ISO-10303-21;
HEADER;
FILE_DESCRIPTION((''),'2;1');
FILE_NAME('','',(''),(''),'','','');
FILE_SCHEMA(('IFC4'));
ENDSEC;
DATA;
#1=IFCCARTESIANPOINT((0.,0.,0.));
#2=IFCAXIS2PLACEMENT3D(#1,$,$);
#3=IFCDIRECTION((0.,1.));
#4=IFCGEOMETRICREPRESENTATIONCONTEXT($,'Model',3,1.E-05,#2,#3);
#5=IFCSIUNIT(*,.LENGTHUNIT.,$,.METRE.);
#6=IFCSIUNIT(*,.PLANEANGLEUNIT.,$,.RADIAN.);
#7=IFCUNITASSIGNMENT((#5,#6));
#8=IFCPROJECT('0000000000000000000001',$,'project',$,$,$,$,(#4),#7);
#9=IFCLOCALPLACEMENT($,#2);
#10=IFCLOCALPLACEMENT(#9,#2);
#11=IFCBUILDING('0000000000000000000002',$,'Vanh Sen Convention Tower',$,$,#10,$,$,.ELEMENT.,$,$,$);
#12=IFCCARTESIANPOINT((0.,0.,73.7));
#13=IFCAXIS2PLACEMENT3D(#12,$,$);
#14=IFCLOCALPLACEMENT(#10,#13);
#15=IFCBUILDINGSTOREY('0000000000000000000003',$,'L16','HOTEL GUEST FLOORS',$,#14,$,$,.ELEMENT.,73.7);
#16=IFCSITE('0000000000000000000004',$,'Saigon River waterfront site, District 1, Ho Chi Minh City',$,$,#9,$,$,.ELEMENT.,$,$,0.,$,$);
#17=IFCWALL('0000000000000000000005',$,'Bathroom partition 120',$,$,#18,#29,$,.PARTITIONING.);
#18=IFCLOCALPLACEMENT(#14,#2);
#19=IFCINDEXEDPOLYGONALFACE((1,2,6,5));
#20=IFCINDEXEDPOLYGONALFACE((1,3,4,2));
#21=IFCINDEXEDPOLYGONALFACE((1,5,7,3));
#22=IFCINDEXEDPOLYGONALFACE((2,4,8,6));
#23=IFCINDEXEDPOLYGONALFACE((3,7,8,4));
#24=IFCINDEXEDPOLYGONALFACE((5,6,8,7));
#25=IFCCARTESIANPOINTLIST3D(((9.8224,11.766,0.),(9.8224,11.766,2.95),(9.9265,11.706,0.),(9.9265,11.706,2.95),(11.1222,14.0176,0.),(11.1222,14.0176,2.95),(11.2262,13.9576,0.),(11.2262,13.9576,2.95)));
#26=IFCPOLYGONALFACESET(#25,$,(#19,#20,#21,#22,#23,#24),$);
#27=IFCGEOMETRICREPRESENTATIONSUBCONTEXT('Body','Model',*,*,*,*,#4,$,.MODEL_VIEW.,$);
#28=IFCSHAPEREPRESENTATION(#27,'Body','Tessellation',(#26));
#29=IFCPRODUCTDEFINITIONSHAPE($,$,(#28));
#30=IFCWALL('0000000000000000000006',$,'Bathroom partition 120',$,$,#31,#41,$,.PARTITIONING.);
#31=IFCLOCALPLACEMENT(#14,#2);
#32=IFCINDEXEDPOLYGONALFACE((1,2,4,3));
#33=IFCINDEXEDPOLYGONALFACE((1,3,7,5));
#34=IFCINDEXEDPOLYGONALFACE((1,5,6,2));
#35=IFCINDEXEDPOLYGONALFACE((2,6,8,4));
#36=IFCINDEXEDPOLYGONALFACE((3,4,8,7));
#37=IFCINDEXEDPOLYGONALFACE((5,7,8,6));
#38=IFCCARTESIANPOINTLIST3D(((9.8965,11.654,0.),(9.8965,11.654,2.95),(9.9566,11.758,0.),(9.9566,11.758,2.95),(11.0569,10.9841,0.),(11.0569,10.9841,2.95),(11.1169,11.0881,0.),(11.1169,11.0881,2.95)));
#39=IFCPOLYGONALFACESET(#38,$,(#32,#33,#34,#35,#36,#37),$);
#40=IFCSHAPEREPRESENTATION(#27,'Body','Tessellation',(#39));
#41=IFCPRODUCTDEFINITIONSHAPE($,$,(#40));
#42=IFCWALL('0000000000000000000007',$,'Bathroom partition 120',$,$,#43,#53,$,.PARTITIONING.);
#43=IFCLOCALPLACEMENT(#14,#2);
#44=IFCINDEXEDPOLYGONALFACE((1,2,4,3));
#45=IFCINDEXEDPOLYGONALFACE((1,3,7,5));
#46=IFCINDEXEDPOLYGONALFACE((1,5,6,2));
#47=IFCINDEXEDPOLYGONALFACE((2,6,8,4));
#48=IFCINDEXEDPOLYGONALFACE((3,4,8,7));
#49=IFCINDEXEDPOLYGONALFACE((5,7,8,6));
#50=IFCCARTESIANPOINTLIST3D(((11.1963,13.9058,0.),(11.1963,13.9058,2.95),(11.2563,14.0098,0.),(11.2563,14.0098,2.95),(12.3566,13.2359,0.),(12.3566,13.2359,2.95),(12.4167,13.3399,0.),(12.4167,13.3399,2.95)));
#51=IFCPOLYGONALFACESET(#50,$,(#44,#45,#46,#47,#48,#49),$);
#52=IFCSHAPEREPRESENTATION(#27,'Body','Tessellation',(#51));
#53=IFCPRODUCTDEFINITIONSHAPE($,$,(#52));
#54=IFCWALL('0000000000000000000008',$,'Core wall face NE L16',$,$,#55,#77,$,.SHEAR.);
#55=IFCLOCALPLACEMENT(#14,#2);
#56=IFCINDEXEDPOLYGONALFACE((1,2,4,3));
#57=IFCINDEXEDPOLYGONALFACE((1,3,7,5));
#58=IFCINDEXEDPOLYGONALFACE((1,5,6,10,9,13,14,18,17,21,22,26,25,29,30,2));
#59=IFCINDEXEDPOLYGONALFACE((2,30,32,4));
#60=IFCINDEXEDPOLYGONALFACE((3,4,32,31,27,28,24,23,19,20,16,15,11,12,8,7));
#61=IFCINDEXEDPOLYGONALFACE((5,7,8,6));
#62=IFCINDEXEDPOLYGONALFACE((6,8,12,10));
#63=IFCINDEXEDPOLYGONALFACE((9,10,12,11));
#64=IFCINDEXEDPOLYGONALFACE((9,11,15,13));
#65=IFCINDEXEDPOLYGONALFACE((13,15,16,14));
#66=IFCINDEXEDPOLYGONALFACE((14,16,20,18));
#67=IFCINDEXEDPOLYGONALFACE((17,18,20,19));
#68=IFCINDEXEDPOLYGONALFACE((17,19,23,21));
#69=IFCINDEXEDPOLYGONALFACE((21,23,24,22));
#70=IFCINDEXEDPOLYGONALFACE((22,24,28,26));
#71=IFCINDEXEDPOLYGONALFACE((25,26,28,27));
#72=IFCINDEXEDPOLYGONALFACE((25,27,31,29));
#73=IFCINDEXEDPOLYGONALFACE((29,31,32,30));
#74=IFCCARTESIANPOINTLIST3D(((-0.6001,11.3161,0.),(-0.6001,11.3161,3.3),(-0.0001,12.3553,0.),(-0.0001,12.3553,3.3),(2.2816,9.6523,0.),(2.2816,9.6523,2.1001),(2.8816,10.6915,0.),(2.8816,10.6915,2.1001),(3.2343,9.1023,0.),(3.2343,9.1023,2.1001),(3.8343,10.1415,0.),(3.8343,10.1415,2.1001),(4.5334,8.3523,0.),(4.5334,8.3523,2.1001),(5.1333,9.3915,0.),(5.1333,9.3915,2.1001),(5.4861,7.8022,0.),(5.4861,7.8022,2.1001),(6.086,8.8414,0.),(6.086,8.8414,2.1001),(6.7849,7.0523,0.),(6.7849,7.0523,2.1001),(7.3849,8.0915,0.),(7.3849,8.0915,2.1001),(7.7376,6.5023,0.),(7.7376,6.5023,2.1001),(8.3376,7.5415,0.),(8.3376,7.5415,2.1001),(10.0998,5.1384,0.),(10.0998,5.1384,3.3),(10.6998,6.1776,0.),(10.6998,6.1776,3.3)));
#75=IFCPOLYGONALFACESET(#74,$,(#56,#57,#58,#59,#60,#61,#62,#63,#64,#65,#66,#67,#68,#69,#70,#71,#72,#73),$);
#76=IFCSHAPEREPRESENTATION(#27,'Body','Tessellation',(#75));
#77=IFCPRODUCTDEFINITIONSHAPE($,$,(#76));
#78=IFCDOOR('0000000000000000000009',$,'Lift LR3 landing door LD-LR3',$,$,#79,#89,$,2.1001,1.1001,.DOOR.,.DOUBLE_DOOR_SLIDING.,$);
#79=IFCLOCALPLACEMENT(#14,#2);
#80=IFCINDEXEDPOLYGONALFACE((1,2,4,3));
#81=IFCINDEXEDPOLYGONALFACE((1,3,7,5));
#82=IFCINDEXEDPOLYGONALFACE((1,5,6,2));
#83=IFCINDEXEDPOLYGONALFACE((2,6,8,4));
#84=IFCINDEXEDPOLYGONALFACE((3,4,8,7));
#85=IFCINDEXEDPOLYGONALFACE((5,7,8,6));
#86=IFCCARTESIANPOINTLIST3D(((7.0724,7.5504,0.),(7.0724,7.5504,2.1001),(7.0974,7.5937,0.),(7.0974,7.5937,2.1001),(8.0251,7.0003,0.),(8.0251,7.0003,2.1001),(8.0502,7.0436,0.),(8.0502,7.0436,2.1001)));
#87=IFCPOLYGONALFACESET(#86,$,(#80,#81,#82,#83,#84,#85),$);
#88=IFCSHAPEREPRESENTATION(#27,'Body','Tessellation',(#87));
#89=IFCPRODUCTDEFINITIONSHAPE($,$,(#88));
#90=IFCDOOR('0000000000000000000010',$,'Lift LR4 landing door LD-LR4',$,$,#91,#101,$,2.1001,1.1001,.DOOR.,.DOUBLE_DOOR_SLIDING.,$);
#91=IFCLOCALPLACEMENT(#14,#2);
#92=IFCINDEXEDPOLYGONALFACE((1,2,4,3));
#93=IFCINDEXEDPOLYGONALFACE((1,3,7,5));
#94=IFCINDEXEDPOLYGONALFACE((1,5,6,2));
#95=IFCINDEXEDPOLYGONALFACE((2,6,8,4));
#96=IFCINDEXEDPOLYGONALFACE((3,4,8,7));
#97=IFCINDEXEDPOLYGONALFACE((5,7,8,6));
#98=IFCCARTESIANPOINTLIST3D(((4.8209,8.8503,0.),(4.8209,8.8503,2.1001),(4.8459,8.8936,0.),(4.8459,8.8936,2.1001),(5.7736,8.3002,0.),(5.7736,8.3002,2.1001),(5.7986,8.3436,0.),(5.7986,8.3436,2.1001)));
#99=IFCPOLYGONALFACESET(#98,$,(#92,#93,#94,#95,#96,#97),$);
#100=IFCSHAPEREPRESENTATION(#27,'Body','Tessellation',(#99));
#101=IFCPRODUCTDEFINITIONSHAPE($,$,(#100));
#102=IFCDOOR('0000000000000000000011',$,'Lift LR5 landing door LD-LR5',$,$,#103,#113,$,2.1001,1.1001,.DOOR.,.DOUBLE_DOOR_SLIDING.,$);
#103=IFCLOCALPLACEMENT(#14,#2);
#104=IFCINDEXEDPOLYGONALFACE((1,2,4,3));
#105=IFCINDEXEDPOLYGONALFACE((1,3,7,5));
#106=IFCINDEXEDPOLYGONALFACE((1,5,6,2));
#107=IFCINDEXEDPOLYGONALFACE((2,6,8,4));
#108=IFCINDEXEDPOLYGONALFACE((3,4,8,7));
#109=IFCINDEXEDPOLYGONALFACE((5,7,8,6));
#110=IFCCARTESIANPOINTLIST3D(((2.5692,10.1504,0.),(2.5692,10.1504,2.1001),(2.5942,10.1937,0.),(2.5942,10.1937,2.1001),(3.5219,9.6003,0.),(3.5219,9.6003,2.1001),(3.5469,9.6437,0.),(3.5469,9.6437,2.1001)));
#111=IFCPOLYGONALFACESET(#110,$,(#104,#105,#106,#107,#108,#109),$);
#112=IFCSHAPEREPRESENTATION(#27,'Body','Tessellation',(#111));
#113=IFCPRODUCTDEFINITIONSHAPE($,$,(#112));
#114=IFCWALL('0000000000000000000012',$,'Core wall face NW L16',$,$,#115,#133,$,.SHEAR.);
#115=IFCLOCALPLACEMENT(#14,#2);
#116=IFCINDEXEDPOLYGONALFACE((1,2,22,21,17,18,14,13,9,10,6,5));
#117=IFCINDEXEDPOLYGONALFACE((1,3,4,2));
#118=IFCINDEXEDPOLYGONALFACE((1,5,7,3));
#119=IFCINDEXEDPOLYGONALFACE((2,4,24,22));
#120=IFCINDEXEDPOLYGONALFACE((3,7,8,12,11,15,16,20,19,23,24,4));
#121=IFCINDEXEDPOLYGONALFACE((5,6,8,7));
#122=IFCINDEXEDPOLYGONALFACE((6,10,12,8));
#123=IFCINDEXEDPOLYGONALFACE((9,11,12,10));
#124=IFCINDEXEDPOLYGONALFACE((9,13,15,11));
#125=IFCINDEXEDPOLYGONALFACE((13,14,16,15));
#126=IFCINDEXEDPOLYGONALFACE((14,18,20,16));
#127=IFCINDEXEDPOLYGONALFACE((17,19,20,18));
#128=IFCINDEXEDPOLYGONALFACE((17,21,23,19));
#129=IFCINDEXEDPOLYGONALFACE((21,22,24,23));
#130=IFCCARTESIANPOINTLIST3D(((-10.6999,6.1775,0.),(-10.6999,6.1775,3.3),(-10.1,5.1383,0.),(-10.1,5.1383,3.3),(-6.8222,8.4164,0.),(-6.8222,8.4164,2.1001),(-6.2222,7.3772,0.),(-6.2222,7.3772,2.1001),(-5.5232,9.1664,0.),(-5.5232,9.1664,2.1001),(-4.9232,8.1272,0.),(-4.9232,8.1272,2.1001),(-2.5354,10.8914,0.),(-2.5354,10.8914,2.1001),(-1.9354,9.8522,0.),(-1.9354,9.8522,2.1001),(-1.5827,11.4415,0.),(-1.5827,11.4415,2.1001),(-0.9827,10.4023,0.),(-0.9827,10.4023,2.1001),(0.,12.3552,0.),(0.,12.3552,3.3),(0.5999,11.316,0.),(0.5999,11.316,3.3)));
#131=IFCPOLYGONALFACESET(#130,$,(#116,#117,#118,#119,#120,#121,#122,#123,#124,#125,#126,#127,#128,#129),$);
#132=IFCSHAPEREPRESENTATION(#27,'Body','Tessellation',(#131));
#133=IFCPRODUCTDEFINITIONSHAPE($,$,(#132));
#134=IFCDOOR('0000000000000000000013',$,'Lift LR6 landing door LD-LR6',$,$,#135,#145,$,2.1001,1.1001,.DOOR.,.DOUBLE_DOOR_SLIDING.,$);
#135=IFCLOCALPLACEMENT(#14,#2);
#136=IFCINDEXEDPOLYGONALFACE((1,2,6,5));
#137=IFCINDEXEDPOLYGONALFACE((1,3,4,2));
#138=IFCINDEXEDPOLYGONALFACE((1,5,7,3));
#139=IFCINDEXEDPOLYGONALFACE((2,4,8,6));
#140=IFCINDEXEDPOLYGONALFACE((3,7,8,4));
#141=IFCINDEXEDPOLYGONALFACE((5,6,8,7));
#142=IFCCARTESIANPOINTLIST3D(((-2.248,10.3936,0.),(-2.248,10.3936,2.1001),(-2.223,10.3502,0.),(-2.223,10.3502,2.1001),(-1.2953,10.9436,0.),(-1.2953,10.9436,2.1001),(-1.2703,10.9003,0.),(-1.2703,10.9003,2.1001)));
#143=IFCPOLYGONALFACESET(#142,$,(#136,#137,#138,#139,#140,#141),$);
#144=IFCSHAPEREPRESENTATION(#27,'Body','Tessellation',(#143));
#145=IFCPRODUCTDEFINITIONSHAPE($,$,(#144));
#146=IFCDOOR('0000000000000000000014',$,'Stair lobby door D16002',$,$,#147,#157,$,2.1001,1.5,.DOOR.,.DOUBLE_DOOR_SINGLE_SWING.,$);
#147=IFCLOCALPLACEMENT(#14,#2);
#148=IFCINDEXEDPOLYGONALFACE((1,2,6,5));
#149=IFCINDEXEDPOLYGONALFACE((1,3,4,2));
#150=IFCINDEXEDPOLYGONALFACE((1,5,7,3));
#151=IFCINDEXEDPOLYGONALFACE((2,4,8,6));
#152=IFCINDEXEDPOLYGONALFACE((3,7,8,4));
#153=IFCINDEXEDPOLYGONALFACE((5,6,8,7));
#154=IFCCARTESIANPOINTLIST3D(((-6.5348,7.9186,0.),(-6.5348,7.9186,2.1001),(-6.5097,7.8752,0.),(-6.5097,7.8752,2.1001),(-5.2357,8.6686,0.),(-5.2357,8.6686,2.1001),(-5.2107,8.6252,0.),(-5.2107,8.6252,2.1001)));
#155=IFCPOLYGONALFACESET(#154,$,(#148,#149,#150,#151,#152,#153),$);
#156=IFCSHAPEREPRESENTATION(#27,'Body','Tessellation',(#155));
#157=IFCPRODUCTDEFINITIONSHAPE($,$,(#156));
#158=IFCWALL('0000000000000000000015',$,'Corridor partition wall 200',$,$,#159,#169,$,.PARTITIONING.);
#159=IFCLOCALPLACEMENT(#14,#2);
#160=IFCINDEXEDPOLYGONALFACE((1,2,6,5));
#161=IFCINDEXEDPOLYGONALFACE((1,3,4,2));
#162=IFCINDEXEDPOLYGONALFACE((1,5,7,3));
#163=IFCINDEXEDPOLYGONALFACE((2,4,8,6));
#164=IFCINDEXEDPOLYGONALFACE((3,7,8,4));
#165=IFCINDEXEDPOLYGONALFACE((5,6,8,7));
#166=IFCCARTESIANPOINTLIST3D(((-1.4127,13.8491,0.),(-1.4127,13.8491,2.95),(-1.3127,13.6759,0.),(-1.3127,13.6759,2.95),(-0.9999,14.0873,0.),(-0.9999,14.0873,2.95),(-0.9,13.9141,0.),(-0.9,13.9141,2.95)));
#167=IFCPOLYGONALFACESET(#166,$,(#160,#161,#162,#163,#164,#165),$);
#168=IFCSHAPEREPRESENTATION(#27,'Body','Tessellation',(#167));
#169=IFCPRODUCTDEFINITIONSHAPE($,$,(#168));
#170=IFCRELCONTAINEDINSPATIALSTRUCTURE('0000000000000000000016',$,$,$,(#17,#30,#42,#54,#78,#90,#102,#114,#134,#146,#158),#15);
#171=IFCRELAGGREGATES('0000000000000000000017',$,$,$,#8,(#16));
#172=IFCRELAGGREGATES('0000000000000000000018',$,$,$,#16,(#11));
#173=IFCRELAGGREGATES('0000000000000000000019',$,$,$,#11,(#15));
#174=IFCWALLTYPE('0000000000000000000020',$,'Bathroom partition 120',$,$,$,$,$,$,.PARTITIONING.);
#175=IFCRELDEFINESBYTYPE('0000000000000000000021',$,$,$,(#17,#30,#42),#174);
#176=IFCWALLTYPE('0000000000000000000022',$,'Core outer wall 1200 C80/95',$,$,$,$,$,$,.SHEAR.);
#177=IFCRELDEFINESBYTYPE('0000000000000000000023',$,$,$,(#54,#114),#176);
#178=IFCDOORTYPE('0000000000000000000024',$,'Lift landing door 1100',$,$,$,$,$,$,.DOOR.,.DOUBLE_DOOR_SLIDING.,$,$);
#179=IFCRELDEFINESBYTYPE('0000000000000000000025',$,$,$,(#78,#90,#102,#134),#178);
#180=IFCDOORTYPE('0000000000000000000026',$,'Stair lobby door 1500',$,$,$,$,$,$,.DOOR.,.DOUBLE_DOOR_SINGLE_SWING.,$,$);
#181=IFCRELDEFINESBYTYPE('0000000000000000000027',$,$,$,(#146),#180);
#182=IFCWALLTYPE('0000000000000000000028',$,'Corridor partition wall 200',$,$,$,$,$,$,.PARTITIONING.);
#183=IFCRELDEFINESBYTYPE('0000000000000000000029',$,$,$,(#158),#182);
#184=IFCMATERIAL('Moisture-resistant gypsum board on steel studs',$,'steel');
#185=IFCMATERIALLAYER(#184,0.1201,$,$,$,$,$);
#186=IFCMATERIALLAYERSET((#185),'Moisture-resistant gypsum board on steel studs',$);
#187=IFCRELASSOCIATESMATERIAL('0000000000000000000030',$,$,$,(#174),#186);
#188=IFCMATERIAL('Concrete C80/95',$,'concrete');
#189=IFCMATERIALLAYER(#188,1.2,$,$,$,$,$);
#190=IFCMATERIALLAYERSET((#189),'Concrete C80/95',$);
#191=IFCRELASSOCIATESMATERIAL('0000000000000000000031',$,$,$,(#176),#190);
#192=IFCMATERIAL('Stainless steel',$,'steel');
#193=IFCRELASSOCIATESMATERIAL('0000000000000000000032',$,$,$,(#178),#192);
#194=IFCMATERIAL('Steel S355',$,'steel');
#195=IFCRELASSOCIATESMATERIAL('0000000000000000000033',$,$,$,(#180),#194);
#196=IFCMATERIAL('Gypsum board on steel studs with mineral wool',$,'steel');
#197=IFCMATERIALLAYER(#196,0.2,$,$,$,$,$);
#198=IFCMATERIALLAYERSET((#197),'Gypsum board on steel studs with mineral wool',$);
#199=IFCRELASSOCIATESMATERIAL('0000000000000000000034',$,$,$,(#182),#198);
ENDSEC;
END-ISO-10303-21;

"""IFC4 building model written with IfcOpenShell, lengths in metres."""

from ifc_helpers import new_model, si_unit, direction, frame, frame_2d, origin, place, context, subcontext, project, spatial, rectangle, extrude, material, layer, layer_set, type_object, element, fill, save


model = new_model("IFC4")

# Units and contexts
model_context = context("Model", 3, precision=1e-05, world=origin(), true_north=direction((0.0, 1.0)))
body_context = subcontext(model_context, "Body", "Model", "MODEL_VIEW")
ifc_project = project(units=[si_unit("LENGTHUNIT", "METRE"), si_unit("PLANEANGLEUNIT", "RADIAN")], contexts=[model_context])

# Site, building, storey
site_placement = place(None, origin())
site = spatial("IfcSite", under=ifc_project, at=site_placement, Name="Saigon River waterfront site, District 1, Ho Chi Minh City", CompositionType="ELEMENT", RefElevation=0.0)
building_placement = place(site_placement, origin())
building = spatial("IfcBuilding", under=site, at=building_placement, Name="Vanh Sen Convention Tower", CompositionType="ELEMENT")
storey_placement = place(building_placement, frame((0.0, 0.0, 73.7)))
storey = spatial("IfcBuildingStorey", under=building, at=storey_placement, Name="L16", Description="HOTEL GUEST FLOORS", CompositionType="ELEMENT", Elevation=73.7)

# Walls
ifc_material_1 = material(Name="Moisture-resistant gypsum board on steel studs", Category="steel")
ifc_layer_1 = layer(ifc_material_1, 0.1201)
ifc_layer_set_1 = layer_set([ifc_layer_1], Name="Moisture-resistant gypsum board on steel studs")
wall_type_1 = type_object("IfcWallType", Name="Bathroom partition 120", PredefinedType="PARTITIONING", material=ifc_layer_set_1)
wall_1_placement = place(storey_placement, frame((9.8745, 11.7361, 0.0), z_axis=(0.0, 0.0, 1.0), x_axis=(0.499937, 0.866062, 0.0)))
element("IfcWall", 1, at=wall_1_placement, inside=storey, type_object=wall_type_1, Name="Bathroom partition 120", PredefinedType="PARTITIONING", context=body_context, shape_type="SweptSolid", body=[
    extrude(rectangle(XDim=2.5999, YDim=0.1201, at=frame_2d((1.2998, 0.0))), origin(), (0.0, 0.0, 1.0), 2.95),
])
for number, where, z_axis, x_axis, name in (
    (2, (11.0869, 11.0361, 0.0), (0.0, 0.0, 1.0), (-0.866037, 0.49998, 0.0), "Bathroom partition 120"),
    (3, (11.2263, 13.9578, 0.0), (0.0, 0.0, 1.0), (0.866037, -0.49998, 0.0), "Bathroom partition 120"),
):
    element("IfcWall", number, at=place(storey_placement, frame(where, z_axis=z_axis, x_axis=x_axis)), inside=storey, type_object=wall_type_1, Name=name, PredefinedType="PARTITIONING", context=body_context, shape_type="SweptSolid", body=[
        extrude(rectangle(XDim=1.3398, YDim=0.1201, at=frame_2d((0.6699, 0.0))), origin(), (0.0, 0.0, 1.0), 2.95),
    ])

# Walls, openings, doors
ifc_material_2 = material(Name="Concrete C80/95", Category="concrete")
ifc_layer_2 = layer(ifc_material_2, 1.2)
ifc_layer_set_2 = layer_set([ifc_layer_2], Name="Concrete C80/95")
wall_type_2 = type_object("IfcWallType", Name="Core outer wall 1200 C80/95", PredefinedType="SHEAR", material=ifc_layer_set_2)
wall_2_placement = place(storey_placement, frame((10.3999, 5.658, 0.0), z_axis=(0.0, 0.0, 1.0), x_axis=(-0.866021, 0.500007, 0.0)))
wall_2 = element("IfcWall", 4, at=wall_2_placement, inside=storey, type_object=wall_type_2, Name="Core wall face NE L16", PredefinedType="SHEAR", context=body_context, shape_type="SweptSolid", body=[
    extrude(rectangle(XDim=12.3552, YDim=1.2, at=frame_2d((6.1777, 0.0))), origin(), (0.0, 0.0, 1.0), 3.3),
])
opening_1_placement = place(wall_2_placement, frame((2.7278, 0.0, 0.0)))
opening_1 = element("IfcOpeningElement", 5, at=opening_1_placement, cuts=wall_2, PredefinedType="OPENING", context=body_context, shape_type="SweptSolid", body=[
    extrude(rectangle(XDim=1.1001, YDim=2.1001, at=frame_2d((0.55, 1.05))), frame((0.0, 0.6099, 0.0), z_axis=(0.0, -1.0, 0.0), x_axis=(1.0, 0.0, 0.0)), (0.0, 0.0, 1.0), 1.22),
])
opening_2_placement = place(wall_2_placement, frame((5.3276, 0.0, 0.0)))
opening_2 = element("IfcOpeningElement", 6, at=opening_2_placement, cuts=wall_2, PredefinedType="OPENING", context=body_context, shape_type="SweptSolid", body=[
    extrude(rectangle(XDim=1.1001, YDim=2.1001, at=frame_2d((0.55, 1.05))), frame((0.0, 0.6099, 0.0), z_axis=(0.0, -1.0, 0.0), x_axis=(1.0, 0.0, 0.0)), (0.0, 0.0, 1.0), 1.22),
])
opening_3_placement = place(wall_2_placement, frame((7.9277, 0.0, 0.0)))
opening_3 = element("IfcOpeningElement", 7, at=opening_3_placement, cuts=wall_2, PredefinedType="OPENING", context=body_context, shape_type="SweptSolid", body=[
    extrude(rectangle(XDim=1.1001, YDim=2.1001, at=frame_2d((0.55, 1.05))), frame((0.0, 0.6099, 0.0), z_axis=(0.0, -1.0, 0.0), x_axis=(1.0, 0.0, 0.0)), (0.0, 0.0, 1.0), 1.22),
])
ifc_material_3 = material(Name="Stainless steel", Category="steel")
door_type_1 = type_object("IfcDoorType", Name="Lift landing door 1100", OperationType="DOUBLE_DOOR_SLIDING", PredefinedType="DOOR", material=ifc_material_3)
door_1_placement = place(opening_1_placement, origin())
door_1 = element("IfcDoor", 8, at=door_1_placement, inside=storey, type_object=door_type_1, Name="Lift LR3 landing door LD-LR3", OperationType="DOUBLE_DOOR_SLIDING", OverallHeight=2.1001, OverallWidth=1.1001, PredefinedType="DOOR", context=body_context, shape_type="SweptSolid", body=[
    extrude(rectangle(XDim=1.1001, YDim=2.1001, at=frame_2d((0.55, 1.05))), frame((0.0, 0.0249, 0.0), z_axis=(0.0, -1.0, 0.0), x_axis=(1.0, 0.0, 0.0)), (0.0, 0.0, 1.0), 0.05),
])
fill(opening_1, door_1)
door_2_placement = place(opening_2_placement, origin())
door_2 = element("IfcDoor", 9, at=door_2_placement, inside=storey, type_object=door_type_1, Name="Lift LR4 landing door LD-LR4", OperationType="DOUBLE_DOOR_SLIDING", OverallHeight=2.1001, OverallWidth=1.1001, PredefinedType="DOOR", context=body_context, shape_type="SweptSolid", body=[
    extrude(rectangle(XDim=1.1001, YDim=2.1001, at=frame_2d((0.55, 1.05))), frame((0.0, 0.0249, 0.0), z_axis=(0.0, -1.0, 0.0), x_axis=(1.0, 0.0, 0.0)), (0.0, 0.0, 1.0), 0.05),
])
fill(opening_2, door_2)
door_3_placement = place(opening_3_placement, origin())
door_3 = element("IfcDoor", 10, at=door_3_placement, inside=storey, type_object=door_type_1, Name="Lift LR5 landing door LD-LR5", OperationType="DOUBLE_DOOR_SLIDING", OverallHeight=2.1001, OverallWidth=1.1001, PredefinedType="DOOR", context=body_context, shape_type="SweptSolid", body=[
    extrude(rectangle(XDim=1.1001, YDim=2.1001, at=frame_2d((0.55, 1.05))), frame((0.0, 0.0249, 0.0), z_axis=(0.0, -1.0, 0.0), x_axis=(1.0, 0.0, 0.0)), (0.0, 0.0, 1.0), 0.05),
])
fill(opening_3, door_3)
wall_3_placement = place(storey_placement, frame((0.3, 11.8357, 0.0), z_axis=(0.0, 0.0, 1.0), x_axis=(-0.866021, -0.500007, 0.0)))
wall_3 = element("IfcWall", 11, at=wall_3_placement, inside=storey, type_object=wall_type_2, Name="Core wall face NW L16", PredefinedType="SHEAR", context=body_context, shape_type="SweptSolid", body=[
    extrude(rectangle(XDim=12.3552, YDim=1.2, at=frame_2d((6.1777, 0.0))), origin(), (0.0, 0.0, 1.0), 3.3),
])
opening_4_placement = place(wall_3_placement, frame((6.3777, 0.0, 0.0)))
opening_4 = element("IfcOpeningElement", 12, at=opening_4_placement, cuts=wall_3, PredefinedType="OPENING", context=body_context, shape_type="SweptSolid", body=[
    extrude(rectangle(XDim=1.5, YDim=2.1001, at=frame_2d((0.75, 1.05))), frame((0.0, 0.6099, 0.0), z_axis=(0.0, -1.0, 0.0), x_axis=(1.0, 0.0, 0.0)), (0.0, 0.0, 1.0), 1.22),
])
opening_5_placement = place(wall_3_placement, frame((1.8276, 0.0, 0.0)))
opening_5 = element("IfcOpeningElement", 13, at=opening_5_placement, cuts=wall_3, PredefinedType="OPENING", context=body_context, shape_type="SweptSolid", body=[
    extrude(rectangle(XDim=1.1001, YDim=2.1001, at=frame_2d((0.55, 1.05))), frame((0.0, 0.6099, 0.0), z_axis=(0.0, -1.0, 0.0), x_axis=(1.0, 0.0, 0.0)), (0.0, 0.0, 1.0), 1.22),
])
door_4_placement = place(opening_5_placement, origin())
door_4 = element("IfcDoor", 14, at=door_4_placement, inside=storey, type_object=door_type_1, Name="Lift LR6 landing door LD-LR6", OperationType="DOUBLE_DOOR_SLIDING", OverallHeight=2.1001, OverallWidth=1.1001, PredefinedType="DOOR", context=body_context, shape_type="SweptSolid", body=[
    extrude(rectangle(XDim=1.1001, YDim=2.1001, at=frame_2d((0.55, 1.05))), frame((0.0, 0.0249, 0.0), z_axis=(0.0, -1.0, 0.0), x_axis=(1.0, 0.0, 0.0)), (0.0, 0.0, 1.0), 0.05),
])
fill(opening_5, door_4)
ifc_material_4 = material(Name="Steel S355", Category="steel")
door_type_2 = type_object("IfcDoorType", Name="Stair lobby door 1500", OperationType="DOUBLE_DOOR_SINGLE_SWING", PredefinedType="DOOR", material=ifc_material_4)
door_5_placement = place(opening_4_placement, origin())
door_5 = element("IfcDoor", 15, at=door_5_placement, inside=storey, type_object=door_type_2, Name="Stair lobby door D16002", OperationType="DOUBLE_DOOR_SINGLE_SWING", OverallHeight=2.1001, OverallWidth=1.5, PredefinedType="DOOR", context=body_context, shape_type="SweptSolid", body=[
    extrude(rectangle(XDim=1.5, YDim=2.1001, at=frame_2d((0.75, 1.05))), frame((0.0, 0.0249, 0.0), z_axis=(0.0, -1.0, 0.0), x_axis=(1.0, 0.0, 0.0)), (0.0, 0.0, 1.0), 0.05),
])
fill(opening_4, door_5)

# Wall
ifc_material_5 = material(Name="Gypsum board on steel studs with mineral wool", Category="steel")
ifc_layer_3 = layer(ifc_material_5, 0.2)
ifc_layer_set_3 = layer_set([ifc_layer_3], Name="Gypsum board on steel studs with mineral wool")
wall_type_3 = type_object("IfcWallType", Name="Corridor partition wall 200", PredefinedType="PARTITIONING", material=ifc_layer_set_3)
wall_4_placement = place(storey_placement, frame((-0.95, 14.0007, 0.0), z_axis=(0.0, 0.0, 1.0), x_axis=(-0.866092, -0.499885, 0.0)))
element("IfcWall", 16, at=wall_4_placement, inside=storey, type_object=wall_type_3, Name="Corridor partition wall 200", PredefinedType="PARTITIONING", context=body_context, shape_type="SweptSolid", body=[
    extrude(rectangle(XDim=0.4766, YDim=0.2, at=frame_2d((0.2383, 0.0))), origin(), (0.0, 0.0, 1.0), 2.95),
])

save(model, "model.ifc")
